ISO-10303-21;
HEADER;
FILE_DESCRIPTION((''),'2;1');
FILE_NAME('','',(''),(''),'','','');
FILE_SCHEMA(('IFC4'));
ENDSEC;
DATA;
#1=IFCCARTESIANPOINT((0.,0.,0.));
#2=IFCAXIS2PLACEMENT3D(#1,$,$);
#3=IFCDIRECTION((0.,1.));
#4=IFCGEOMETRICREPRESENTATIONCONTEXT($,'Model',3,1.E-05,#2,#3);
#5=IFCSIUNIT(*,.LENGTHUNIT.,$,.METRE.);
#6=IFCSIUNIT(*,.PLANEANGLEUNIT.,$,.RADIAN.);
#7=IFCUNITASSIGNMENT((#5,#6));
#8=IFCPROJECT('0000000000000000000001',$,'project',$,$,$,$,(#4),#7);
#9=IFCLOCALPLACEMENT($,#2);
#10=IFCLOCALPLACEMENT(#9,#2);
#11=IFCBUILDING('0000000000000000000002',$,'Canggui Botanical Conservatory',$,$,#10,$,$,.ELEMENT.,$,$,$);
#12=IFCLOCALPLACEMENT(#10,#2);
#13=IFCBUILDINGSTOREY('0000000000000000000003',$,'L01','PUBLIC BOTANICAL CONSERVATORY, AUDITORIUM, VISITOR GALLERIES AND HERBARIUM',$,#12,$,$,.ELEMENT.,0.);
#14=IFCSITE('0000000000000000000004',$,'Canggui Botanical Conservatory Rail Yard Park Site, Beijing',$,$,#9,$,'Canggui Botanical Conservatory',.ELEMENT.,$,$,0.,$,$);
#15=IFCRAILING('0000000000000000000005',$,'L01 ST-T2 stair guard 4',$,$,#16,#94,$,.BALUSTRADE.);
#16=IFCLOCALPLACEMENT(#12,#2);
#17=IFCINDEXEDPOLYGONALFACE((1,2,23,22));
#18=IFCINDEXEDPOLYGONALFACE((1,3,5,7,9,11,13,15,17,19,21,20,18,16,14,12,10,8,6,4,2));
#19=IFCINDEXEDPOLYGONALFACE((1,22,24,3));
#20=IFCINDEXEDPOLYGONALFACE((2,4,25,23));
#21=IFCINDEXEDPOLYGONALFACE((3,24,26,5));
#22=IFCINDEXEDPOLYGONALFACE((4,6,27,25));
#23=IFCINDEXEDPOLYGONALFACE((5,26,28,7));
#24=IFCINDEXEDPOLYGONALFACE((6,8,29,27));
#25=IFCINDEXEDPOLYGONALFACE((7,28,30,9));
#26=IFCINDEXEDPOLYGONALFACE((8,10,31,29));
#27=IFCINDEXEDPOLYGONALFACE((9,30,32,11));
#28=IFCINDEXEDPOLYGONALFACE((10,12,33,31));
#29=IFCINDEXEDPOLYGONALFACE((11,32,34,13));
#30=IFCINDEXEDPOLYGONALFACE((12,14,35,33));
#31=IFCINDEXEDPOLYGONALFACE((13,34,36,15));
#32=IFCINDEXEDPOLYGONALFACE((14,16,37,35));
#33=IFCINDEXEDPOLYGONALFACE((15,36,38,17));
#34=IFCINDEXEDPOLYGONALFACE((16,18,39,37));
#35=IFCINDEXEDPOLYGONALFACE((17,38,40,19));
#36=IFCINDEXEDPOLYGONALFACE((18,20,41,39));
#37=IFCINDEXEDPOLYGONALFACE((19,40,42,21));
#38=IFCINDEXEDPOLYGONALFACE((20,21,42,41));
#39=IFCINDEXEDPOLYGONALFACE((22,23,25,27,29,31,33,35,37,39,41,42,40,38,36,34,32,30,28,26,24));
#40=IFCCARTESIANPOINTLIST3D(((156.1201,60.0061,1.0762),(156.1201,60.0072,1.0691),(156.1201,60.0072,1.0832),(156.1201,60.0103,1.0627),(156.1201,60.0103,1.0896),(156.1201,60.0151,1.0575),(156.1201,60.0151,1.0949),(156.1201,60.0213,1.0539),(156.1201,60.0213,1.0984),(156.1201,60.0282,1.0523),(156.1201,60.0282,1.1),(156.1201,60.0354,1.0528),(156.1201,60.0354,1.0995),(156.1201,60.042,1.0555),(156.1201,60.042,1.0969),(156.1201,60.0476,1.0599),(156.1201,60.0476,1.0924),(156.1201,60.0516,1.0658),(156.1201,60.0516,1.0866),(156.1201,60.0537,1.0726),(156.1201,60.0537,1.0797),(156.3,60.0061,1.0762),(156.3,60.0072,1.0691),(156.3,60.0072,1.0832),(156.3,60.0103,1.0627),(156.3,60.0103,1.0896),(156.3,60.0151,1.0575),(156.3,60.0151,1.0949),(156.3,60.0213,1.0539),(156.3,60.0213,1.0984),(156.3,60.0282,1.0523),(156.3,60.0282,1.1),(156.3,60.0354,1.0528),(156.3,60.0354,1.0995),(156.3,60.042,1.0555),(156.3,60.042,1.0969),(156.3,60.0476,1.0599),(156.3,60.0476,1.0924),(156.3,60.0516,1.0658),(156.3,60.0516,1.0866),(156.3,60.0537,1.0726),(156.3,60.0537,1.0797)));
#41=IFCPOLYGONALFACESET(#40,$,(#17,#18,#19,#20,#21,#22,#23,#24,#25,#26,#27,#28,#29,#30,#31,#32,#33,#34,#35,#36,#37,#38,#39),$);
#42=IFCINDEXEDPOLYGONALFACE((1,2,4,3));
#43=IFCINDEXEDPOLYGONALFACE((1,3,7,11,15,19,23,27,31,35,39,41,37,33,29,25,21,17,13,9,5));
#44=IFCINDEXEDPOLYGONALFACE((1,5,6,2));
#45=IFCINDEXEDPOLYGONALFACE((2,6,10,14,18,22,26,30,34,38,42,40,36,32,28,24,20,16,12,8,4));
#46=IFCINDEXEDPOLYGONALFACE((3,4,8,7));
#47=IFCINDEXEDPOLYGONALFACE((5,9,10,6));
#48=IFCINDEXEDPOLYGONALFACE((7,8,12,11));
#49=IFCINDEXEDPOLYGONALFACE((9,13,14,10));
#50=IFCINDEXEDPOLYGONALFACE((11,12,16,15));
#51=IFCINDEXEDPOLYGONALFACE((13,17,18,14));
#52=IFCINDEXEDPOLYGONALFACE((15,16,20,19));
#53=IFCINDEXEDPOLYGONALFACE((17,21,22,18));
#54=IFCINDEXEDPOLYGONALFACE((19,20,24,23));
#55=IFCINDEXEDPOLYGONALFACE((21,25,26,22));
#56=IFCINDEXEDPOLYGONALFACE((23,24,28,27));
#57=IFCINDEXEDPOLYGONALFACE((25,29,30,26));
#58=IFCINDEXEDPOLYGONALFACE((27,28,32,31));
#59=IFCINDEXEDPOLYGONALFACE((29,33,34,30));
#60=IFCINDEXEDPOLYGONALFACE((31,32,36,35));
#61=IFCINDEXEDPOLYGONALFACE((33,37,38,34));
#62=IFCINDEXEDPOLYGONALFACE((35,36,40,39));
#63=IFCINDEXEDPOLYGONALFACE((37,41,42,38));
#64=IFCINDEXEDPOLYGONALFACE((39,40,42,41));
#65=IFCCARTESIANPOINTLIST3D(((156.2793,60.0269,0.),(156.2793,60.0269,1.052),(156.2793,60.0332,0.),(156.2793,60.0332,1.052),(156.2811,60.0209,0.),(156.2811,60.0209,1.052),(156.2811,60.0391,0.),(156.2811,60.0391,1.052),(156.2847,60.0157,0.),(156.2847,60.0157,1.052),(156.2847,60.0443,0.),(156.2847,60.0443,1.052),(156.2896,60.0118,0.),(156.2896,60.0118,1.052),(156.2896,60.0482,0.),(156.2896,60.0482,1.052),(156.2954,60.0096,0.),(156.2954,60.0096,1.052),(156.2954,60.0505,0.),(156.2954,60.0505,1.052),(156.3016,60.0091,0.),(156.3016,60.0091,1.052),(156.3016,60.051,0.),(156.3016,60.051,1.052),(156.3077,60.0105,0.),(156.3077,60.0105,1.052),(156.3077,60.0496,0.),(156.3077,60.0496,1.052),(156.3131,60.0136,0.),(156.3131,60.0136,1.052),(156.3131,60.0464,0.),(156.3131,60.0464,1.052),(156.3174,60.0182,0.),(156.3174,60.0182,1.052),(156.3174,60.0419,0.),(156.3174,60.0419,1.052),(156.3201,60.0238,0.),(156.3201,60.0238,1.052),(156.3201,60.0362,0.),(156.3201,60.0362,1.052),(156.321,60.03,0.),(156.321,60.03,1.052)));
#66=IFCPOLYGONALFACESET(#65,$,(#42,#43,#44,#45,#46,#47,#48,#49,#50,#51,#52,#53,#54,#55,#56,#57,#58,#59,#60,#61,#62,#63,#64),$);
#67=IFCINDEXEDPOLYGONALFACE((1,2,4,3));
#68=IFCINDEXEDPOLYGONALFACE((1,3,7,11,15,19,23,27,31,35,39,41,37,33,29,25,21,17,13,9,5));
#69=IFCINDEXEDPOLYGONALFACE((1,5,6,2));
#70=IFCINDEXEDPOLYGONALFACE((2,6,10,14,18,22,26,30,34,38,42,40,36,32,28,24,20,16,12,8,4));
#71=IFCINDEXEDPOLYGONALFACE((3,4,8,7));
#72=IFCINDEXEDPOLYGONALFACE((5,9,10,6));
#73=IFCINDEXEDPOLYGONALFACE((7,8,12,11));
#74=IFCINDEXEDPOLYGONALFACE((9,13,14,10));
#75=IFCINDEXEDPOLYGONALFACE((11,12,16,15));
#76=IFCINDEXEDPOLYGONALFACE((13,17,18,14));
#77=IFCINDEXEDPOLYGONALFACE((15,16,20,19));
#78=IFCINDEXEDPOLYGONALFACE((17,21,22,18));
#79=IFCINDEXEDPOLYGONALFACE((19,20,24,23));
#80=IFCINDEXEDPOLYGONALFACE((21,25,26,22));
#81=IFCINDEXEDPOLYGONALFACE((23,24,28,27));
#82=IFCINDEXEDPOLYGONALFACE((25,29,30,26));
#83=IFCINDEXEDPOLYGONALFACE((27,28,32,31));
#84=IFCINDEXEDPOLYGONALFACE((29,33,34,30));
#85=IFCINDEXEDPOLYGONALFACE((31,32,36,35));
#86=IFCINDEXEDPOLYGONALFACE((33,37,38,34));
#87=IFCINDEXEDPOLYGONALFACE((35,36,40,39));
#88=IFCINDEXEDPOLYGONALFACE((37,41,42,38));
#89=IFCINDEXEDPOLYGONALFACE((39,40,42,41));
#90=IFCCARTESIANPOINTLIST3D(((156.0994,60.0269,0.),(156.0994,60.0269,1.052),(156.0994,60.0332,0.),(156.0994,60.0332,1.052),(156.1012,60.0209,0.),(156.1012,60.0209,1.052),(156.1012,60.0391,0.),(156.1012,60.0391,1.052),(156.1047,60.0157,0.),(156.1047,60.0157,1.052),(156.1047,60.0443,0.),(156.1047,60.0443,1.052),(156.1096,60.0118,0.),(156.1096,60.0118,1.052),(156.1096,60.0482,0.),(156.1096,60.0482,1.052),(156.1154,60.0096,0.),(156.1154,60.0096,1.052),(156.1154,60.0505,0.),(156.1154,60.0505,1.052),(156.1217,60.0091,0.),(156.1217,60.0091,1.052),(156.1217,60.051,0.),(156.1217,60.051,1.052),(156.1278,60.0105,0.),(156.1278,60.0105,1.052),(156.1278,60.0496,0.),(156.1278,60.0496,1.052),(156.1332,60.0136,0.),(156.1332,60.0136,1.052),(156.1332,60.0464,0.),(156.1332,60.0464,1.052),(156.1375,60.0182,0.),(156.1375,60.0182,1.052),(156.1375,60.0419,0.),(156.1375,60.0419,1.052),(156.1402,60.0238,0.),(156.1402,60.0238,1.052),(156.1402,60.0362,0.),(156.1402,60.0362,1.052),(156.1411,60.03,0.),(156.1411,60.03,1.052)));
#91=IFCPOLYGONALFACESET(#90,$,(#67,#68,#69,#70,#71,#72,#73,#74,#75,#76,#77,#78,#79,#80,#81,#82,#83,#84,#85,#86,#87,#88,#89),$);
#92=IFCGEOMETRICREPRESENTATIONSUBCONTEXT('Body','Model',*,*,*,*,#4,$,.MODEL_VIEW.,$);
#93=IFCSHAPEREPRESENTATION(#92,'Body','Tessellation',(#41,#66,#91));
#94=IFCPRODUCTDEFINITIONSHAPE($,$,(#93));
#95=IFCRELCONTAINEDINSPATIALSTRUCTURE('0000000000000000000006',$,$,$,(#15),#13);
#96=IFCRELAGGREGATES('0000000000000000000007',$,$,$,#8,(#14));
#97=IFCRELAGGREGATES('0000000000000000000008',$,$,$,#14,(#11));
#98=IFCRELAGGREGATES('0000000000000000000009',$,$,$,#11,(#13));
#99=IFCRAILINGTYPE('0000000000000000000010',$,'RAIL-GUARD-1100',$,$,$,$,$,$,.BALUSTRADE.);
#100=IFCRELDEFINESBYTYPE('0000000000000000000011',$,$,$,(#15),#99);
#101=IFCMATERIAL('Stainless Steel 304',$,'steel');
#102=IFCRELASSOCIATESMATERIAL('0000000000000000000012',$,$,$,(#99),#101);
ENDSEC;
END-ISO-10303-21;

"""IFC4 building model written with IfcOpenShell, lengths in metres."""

from ifc_helpers import new_model, si_unit, direction, frame, origin, origin_2d, place, context, subcontext, project, spatial, circle, extrude, material, type_object, element, save


model = new_model("IFC4")

# Units and contexts
model_context = context("Model", 3, precision=1e-05, world=origin(), true_north=direction((0.0, 1.0)))
body_context = subcontext(model_context, "Body", "Model", "MODEL_VIEW")
ifc_project = project(units=[si_unit("LENGTHUNIT", "METRE"), si_unit("PLANEANGLEUNIT", "RADIAN")], contexts=[model_context])

# Site, building, storey
site_placement = place(None, origin())
site = spatial("IfcSite", under=ifc_project, at=site_placement, Name="Canggui Botanical Conservatory Rail Yard Park Site, Beijing", LongName="Canggui Botanical Conservatory", CompositionType="ELEMENT", RefElevation=0.0)
building_placement = place(site_placement, origin())
building = spatial("IfcBuilding", under=site, at=building_placement, Name="Canggui Botanical Conservatory", CompositionType="ELEMENT")
storey_placement = place(building_placement, origin())
storey = spatial("IfcBuildingStorey", under=building, at=storey_placement, Name="L01", Description="PUBLIC BOTANICAL CONSERVATORY, AUDITORIUM, VISITOR GALLERIES AND HERBARIUM", CompositionType="ELEMENT", Elevation=0.0)

# Shared definitions
ifc_material_1 = material(Name="Stainless Steel 304", Category="steel")

# Railing
railing_type_1 = type_object("IfcRailingType", Name="RAIL-GUARD-1100", PredefinedType="BALUSTRADE", material=ifc_material_1)
railing_1_placement = place(storey_placement, frame((156.3, 60.03, 0.0)))
element("IfcRailing", 1, at=railing_1_placement, inside=storey, type_object=railing_type_1, Name="L01 ST-T2 stair guard 4", PredefinedType="BALUSTRADE", context=body_context, shape_type="SweptSolid", body=[
    extrude(circle(Radius=0.0239, at=origin_2d()), frame((0.0, 0.0, 1.0762), z_axis=(-1.0, 0.0, 0.0), x_axis=(0.0, -1.0, 0.0)), (0.0, 0.0, 1.0), 0.1799),
    extrude(circle(Radius=0.021, at=origin_2d()), origin(), (0.0, 0.0, 1.0), 1.052),
    extrude(circle(Radius=0.021, at=origin_2d()), frame((-0.1799, 0.0, 0.0)), (0.0, 0.0, 1.0), 1.052),
])

save(model, "model.ifc")
